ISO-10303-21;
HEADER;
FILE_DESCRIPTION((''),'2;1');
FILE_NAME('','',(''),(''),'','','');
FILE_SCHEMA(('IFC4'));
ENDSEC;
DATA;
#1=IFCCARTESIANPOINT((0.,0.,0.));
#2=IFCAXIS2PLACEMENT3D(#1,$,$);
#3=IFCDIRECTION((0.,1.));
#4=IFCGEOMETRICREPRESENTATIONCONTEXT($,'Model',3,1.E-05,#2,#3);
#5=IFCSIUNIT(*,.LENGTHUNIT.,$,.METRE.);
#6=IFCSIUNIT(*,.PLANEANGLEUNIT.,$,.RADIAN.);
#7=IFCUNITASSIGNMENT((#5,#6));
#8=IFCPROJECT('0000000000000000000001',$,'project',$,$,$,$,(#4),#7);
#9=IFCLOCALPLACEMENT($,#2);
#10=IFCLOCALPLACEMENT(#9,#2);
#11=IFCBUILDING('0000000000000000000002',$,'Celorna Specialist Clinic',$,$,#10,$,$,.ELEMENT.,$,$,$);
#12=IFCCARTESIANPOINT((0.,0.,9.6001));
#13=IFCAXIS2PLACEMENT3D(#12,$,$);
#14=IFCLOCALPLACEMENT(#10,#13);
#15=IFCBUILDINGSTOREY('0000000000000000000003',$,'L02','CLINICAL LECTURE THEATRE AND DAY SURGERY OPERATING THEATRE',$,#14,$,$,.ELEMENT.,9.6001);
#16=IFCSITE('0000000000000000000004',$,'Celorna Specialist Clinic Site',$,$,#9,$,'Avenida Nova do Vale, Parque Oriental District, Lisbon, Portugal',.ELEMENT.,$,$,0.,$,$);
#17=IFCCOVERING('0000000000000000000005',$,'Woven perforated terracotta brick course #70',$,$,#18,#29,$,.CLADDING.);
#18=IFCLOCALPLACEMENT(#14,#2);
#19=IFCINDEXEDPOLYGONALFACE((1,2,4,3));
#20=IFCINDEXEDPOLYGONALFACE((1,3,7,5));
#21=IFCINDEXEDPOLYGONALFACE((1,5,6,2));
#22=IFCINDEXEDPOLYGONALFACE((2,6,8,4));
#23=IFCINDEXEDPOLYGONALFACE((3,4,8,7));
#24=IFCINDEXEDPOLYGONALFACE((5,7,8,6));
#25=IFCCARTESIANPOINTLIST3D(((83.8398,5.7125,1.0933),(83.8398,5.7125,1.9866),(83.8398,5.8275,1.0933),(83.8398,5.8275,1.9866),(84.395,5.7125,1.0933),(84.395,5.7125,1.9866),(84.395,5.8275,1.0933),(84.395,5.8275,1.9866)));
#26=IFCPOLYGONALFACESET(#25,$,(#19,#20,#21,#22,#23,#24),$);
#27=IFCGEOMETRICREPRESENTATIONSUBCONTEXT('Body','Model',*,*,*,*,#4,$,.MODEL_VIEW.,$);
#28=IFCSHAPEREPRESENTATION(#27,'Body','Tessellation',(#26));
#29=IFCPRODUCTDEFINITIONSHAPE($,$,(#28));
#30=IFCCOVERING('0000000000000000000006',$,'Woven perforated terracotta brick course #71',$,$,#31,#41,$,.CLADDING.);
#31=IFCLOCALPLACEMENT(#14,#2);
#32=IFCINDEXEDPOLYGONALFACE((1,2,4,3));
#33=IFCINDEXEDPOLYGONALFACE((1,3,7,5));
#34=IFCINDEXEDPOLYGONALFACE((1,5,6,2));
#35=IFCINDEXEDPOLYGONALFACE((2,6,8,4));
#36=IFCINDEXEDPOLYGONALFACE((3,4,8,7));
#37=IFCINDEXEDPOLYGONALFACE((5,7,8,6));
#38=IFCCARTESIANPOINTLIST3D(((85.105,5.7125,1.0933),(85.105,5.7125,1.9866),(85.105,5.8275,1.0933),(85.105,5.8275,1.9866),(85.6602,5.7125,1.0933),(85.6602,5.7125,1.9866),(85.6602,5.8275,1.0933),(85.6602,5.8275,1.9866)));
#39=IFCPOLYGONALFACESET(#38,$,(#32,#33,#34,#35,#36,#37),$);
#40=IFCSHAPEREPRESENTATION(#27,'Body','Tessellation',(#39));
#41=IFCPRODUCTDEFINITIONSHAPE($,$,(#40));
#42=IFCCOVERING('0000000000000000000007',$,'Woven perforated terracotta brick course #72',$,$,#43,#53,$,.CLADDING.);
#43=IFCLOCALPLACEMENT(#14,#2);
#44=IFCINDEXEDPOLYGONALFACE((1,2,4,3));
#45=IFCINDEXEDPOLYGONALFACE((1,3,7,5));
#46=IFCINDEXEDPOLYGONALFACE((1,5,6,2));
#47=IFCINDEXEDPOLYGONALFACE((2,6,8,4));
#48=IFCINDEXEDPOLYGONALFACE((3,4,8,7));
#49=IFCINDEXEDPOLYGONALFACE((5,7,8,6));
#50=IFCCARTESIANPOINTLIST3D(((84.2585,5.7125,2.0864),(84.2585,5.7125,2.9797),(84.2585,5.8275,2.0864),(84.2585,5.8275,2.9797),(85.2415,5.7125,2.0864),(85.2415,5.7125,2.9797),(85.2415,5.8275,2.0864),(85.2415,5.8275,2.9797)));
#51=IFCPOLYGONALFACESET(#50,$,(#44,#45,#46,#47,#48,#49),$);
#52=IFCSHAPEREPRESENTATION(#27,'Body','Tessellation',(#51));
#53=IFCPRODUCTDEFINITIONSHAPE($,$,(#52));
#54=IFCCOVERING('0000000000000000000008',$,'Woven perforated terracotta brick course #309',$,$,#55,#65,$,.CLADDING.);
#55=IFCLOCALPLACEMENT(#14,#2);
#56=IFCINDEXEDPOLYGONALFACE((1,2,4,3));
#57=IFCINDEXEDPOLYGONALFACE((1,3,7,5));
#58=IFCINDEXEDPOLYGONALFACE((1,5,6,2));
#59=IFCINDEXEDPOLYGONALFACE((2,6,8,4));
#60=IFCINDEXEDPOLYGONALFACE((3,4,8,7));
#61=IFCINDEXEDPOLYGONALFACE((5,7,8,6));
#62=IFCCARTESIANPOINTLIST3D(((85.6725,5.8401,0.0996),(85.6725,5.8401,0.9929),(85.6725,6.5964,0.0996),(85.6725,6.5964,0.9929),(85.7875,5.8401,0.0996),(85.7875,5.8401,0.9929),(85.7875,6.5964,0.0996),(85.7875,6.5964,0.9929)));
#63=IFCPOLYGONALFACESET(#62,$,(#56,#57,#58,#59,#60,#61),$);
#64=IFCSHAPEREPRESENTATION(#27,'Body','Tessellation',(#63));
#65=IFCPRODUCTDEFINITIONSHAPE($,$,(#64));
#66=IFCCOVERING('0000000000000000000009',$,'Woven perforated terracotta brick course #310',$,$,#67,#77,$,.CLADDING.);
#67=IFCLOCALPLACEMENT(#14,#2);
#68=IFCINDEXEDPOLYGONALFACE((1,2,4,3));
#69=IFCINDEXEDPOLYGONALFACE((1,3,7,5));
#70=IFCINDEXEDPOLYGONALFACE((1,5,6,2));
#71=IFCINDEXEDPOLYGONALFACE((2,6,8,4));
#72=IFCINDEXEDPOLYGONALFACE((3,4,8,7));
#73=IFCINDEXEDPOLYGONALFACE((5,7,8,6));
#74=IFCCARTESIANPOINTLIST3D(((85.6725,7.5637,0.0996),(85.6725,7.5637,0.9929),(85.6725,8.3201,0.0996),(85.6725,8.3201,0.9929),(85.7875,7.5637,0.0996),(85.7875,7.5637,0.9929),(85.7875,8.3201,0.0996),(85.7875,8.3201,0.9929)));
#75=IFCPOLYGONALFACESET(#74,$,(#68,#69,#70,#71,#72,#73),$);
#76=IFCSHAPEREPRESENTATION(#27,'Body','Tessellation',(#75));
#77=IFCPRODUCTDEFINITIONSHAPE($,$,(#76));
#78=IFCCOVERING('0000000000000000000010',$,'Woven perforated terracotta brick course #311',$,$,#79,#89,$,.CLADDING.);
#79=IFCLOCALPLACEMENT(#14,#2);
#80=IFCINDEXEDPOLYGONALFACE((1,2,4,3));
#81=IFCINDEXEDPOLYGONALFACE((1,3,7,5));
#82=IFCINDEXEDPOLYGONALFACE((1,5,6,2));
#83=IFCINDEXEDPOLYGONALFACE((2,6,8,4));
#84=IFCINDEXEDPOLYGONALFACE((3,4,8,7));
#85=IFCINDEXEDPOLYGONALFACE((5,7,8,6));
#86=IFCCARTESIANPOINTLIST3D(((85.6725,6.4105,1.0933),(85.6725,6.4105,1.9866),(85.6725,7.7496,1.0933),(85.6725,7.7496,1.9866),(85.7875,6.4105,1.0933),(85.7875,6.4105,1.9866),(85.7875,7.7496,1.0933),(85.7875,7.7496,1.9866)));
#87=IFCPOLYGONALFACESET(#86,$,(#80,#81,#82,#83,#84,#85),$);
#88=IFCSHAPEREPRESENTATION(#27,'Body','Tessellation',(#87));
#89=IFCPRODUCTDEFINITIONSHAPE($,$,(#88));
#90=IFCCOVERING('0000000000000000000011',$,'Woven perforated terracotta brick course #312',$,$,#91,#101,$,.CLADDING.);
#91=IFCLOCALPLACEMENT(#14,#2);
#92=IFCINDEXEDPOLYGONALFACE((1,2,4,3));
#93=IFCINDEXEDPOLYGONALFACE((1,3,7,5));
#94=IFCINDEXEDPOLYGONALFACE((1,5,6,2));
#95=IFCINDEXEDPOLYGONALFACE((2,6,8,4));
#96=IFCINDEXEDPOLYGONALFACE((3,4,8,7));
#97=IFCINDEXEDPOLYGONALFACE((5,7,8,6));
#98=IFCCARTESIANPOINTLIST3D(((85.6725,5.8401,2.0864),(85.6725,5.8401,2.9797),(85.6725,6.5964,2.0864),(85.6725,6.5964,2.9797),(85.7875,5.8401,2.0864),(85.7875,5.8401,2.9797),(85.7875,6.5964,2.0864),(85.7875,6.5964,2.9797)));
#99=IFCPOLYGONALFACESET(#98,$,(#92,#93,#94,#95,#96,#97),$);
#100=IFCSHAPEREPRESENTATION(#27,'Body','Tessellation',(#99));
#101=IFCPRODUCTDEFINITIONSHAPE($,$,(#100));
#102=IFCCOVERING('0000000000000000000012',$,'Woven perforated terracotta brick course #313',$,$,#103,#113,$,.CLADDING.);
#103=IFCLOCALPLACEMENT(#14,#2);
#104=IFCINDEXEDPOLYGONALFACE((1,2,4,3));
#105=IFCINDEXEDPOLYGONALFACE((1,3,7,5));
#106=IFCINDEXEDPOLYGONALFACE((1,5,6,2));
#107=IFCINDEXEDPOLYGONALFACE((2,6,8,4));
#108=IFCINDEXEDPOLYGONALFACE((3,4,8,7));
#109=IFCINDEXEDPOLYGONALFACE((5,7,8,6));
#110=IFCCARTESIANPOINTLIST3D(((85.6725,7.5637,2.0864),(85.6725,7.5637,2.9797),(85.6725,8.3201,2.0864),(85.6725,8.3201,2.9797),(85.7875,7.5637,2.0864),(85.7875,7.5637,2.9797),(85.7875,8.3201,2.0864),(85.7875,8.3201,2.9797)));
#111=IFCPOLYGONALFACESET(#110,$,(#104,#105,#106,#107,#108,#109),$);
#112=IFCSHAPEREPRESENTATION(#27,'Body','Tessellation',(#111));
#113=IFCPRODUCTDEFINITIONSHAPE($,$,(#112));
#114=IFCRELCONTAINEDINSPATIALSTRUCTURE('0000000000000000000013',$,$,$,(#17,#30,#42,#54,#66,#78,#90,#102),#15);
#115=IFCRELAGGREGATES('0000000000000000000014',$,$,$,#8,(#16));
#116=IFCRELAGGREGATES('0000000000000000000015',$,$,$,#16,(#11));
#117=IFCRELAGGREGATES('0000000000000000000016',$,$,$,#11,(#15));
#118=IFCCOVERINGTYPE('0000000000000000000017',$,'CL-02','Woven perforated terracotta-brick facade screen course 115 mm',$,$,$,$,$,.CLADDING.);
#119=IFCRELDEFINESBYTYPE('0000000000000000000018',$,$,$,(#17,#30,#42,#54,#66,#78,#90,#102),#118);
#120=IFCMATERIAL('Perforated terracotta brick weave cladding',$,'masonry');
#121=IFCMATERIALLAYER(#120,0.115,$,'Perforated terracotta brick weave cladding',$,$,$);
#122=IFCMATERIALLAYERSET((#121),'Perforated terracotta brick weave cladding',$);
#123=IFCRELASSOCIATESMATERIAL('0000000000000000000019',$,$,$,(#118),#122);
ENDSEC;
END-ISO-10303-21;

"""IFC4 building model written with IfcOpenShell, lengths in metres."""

from ifc_helpers import new_model, si_unit, direction, frame, origin, origin_2d, place, context, subcontext, project, spatial, rectangle, extrude, material, layer, layer_set, type_object, element, save


model = new_model("IFC4")

# Units and contexts
model_context = context("Model", 3, precision=1e-05, world=origin(), true_north=direction((0.0, 1.0)))
body_context = subcontext(model_context, "Body", "Model", "MODEL_VIEW")
ifc_project = project(units=[si_unit("LENGTHUNIT", "METRE"), si_unit("PLANEANGLEUNIT", "RADIAN")], contexts=[model_context])

# Site, building, storey
site_placement = place(None, origin())
site = spatial("IfcSite", under=ifc_project, at=site_placement, Name="Celorna Specialist Clinic Site", LongName="Avenida Nova do Vale, Parque Oriental District, Lisbon, Portugal", CompositionType="ELEMENT", RefElevation=0.0)
building_placement = place(site_placement, origin())
building = spatial("IfcBuilding", under=site, at=building_placement, Name="Celorna Specialist Clinic", CompositionType="ELEMENT")
storey_placement = place(building_placement, frame((0.0, 0.0, 9.6001)))
storey = spatial("IfcBuildingStorey", under=building, at=storey_placement, Name="L02", Description="CLINICAL LECTURE THEATRE AND DAY SURGERY OPERATING THEATRE", CompositionType="ELEMENT", Elevation=9.6001)

# Coverings
ifc_material_1 = material(Name="Perforated terracotta brick weave cladding", Category="masonry")
ifc_layer_1 = layer(ifc_material_1, 0.115, Name="Perforated terracotta brick weave cladding")
ifc_layer_set_1 = layer_set([ifc_layer_1], Name="Perforated terracotta brick weave cladding")
covering_type = type_object("IfcCoveringType", Name="CL-02", Description="Woven perforated terracotta-brick facade screen course 115 mm", PredefinedType="CLADDING", material=ifc_layer_set_1)
for number, where, z_axis, x_axis, name in (
    (1, (84.1174, 5.77, 1.0933), (0.0, 0.0, 1.0), (1.0, 0.0, 0.0), "Woven perforated terracotta brick course #70"),
    (2, (85.3826, 5.77, 1.0933), (0.0, 0.0, 1.0), (1.0, 0.0, 0.0), "Woven perforated terracotta brick course #71"),
):
    element("IfcCovering", number, at=place(storey_placement, frame(where, z_axis=z_axis, x_axis=x_axis)), inside=storey, type_object=covering_type, Name=name, PredefinedType="CLADDING", context=body_context, shape_type="SweptSolid", body=[
        extrude(rectangle(XDim=0.5552, YDim=0.115, at=origin_2d()), origin(), (0.0, 0.0, 1.0), 0.8933),
    ])
covering_1_placement = place(storey_placement, frame((84.75, 5.77, 2.0864), z_axis=(0.0, 0.0, 1.0), x_axis=(1.0, 0.0, 0.0)))
element("IfcCovering", 3, at=covering_1_placement, inside=storey, type_object=covering_type, Name="Woven perforated terracotta brick course #72", PredefinedType="CLADDING", context=body_context, shape_type="SweptSolid", body=[
    extrude(rectangle(XDim=0.9829, YDim=0.115, at=origin_2d()), origin(), (0.0, 0.0, 1.0), 0.8933),
])
for number, where, z_axis, x_axis, name in (
    (4, (85.73, 6.2183, 0.0996), (0.0, 0.0, 1.0), (0.0, 1.0, 0.0), "Woven perforated terracotta brick course #309"),
    (5, (85.73, 7.9419, 0.0996), (0.0, 0.0, 1.0), (0.0, 1.0, 0.0), "Woven perforated terracotta brick course #310"),
):
    element("IfcCovering", number, at=place(storey_placement, frame(where, z_axis=z_axis, x_axis=x_axis)), inside=storey, type_object=covering_type, Name=name, PredefinedType="CLADDING", context=body_context, shape_type="SweptSolid", body=[
        extrude(rectangle(XDim=0.7563, YDim=0.115, at=origin_2d()), origin(), (0.0, 0.0, 1.0), 0.8933),
    ])
covering_2_placement = place(storey_placement, frame((85.73, 7.0801, 1.0933), z_axis=(0.0, 0.0, 1.0), x_axis=(0.0, 1.0, 0.0)))
element("IfcCovering", 6, at=covering_2_placement, inside=storey, type_object=covering_type, Name="Woven perforated terracotta brick course #311", PredefinedType="CLADDING", context=body_context, shape_type="SweptSolid", body=[
    extrude(rectangle(XDim=1.3391, YDim=0.115, at=origin_2d()), origin(), (0.0, 0.0, 1.0), 0.8933),
])
for number, where, z_axis, x_axis, name in (
    (7, (85.73, 6.2183, 2.0864), (0.0, 0.0, 1.0), (0.0, 1.0, 0.0), "Woven perforated terracotta brick course #312"),
    (8, (85.73, 7.9419, 2.0864), (0.0, 0.0, 1.0), (0.0, 1.0, 0.0), "Woven perforated terracotta brick course #313"),
):
    element("IfcCovering", number, at=place(storey_placement, frame(where, z_axis=z_axis, x_axis=x_axis)), inside=storey, type_object=covering_type, Name=name, PredefinedType="CLADDING", context=body_context, shape_type="SweptSolid", body=[
        extrude(rectangle(XDim=0.7563, YDim=0.115, at=origin_2d()), origin(), (0.0, 0.0, 1.0), 0.8933),
    ])

save(model, "model.ifc")
